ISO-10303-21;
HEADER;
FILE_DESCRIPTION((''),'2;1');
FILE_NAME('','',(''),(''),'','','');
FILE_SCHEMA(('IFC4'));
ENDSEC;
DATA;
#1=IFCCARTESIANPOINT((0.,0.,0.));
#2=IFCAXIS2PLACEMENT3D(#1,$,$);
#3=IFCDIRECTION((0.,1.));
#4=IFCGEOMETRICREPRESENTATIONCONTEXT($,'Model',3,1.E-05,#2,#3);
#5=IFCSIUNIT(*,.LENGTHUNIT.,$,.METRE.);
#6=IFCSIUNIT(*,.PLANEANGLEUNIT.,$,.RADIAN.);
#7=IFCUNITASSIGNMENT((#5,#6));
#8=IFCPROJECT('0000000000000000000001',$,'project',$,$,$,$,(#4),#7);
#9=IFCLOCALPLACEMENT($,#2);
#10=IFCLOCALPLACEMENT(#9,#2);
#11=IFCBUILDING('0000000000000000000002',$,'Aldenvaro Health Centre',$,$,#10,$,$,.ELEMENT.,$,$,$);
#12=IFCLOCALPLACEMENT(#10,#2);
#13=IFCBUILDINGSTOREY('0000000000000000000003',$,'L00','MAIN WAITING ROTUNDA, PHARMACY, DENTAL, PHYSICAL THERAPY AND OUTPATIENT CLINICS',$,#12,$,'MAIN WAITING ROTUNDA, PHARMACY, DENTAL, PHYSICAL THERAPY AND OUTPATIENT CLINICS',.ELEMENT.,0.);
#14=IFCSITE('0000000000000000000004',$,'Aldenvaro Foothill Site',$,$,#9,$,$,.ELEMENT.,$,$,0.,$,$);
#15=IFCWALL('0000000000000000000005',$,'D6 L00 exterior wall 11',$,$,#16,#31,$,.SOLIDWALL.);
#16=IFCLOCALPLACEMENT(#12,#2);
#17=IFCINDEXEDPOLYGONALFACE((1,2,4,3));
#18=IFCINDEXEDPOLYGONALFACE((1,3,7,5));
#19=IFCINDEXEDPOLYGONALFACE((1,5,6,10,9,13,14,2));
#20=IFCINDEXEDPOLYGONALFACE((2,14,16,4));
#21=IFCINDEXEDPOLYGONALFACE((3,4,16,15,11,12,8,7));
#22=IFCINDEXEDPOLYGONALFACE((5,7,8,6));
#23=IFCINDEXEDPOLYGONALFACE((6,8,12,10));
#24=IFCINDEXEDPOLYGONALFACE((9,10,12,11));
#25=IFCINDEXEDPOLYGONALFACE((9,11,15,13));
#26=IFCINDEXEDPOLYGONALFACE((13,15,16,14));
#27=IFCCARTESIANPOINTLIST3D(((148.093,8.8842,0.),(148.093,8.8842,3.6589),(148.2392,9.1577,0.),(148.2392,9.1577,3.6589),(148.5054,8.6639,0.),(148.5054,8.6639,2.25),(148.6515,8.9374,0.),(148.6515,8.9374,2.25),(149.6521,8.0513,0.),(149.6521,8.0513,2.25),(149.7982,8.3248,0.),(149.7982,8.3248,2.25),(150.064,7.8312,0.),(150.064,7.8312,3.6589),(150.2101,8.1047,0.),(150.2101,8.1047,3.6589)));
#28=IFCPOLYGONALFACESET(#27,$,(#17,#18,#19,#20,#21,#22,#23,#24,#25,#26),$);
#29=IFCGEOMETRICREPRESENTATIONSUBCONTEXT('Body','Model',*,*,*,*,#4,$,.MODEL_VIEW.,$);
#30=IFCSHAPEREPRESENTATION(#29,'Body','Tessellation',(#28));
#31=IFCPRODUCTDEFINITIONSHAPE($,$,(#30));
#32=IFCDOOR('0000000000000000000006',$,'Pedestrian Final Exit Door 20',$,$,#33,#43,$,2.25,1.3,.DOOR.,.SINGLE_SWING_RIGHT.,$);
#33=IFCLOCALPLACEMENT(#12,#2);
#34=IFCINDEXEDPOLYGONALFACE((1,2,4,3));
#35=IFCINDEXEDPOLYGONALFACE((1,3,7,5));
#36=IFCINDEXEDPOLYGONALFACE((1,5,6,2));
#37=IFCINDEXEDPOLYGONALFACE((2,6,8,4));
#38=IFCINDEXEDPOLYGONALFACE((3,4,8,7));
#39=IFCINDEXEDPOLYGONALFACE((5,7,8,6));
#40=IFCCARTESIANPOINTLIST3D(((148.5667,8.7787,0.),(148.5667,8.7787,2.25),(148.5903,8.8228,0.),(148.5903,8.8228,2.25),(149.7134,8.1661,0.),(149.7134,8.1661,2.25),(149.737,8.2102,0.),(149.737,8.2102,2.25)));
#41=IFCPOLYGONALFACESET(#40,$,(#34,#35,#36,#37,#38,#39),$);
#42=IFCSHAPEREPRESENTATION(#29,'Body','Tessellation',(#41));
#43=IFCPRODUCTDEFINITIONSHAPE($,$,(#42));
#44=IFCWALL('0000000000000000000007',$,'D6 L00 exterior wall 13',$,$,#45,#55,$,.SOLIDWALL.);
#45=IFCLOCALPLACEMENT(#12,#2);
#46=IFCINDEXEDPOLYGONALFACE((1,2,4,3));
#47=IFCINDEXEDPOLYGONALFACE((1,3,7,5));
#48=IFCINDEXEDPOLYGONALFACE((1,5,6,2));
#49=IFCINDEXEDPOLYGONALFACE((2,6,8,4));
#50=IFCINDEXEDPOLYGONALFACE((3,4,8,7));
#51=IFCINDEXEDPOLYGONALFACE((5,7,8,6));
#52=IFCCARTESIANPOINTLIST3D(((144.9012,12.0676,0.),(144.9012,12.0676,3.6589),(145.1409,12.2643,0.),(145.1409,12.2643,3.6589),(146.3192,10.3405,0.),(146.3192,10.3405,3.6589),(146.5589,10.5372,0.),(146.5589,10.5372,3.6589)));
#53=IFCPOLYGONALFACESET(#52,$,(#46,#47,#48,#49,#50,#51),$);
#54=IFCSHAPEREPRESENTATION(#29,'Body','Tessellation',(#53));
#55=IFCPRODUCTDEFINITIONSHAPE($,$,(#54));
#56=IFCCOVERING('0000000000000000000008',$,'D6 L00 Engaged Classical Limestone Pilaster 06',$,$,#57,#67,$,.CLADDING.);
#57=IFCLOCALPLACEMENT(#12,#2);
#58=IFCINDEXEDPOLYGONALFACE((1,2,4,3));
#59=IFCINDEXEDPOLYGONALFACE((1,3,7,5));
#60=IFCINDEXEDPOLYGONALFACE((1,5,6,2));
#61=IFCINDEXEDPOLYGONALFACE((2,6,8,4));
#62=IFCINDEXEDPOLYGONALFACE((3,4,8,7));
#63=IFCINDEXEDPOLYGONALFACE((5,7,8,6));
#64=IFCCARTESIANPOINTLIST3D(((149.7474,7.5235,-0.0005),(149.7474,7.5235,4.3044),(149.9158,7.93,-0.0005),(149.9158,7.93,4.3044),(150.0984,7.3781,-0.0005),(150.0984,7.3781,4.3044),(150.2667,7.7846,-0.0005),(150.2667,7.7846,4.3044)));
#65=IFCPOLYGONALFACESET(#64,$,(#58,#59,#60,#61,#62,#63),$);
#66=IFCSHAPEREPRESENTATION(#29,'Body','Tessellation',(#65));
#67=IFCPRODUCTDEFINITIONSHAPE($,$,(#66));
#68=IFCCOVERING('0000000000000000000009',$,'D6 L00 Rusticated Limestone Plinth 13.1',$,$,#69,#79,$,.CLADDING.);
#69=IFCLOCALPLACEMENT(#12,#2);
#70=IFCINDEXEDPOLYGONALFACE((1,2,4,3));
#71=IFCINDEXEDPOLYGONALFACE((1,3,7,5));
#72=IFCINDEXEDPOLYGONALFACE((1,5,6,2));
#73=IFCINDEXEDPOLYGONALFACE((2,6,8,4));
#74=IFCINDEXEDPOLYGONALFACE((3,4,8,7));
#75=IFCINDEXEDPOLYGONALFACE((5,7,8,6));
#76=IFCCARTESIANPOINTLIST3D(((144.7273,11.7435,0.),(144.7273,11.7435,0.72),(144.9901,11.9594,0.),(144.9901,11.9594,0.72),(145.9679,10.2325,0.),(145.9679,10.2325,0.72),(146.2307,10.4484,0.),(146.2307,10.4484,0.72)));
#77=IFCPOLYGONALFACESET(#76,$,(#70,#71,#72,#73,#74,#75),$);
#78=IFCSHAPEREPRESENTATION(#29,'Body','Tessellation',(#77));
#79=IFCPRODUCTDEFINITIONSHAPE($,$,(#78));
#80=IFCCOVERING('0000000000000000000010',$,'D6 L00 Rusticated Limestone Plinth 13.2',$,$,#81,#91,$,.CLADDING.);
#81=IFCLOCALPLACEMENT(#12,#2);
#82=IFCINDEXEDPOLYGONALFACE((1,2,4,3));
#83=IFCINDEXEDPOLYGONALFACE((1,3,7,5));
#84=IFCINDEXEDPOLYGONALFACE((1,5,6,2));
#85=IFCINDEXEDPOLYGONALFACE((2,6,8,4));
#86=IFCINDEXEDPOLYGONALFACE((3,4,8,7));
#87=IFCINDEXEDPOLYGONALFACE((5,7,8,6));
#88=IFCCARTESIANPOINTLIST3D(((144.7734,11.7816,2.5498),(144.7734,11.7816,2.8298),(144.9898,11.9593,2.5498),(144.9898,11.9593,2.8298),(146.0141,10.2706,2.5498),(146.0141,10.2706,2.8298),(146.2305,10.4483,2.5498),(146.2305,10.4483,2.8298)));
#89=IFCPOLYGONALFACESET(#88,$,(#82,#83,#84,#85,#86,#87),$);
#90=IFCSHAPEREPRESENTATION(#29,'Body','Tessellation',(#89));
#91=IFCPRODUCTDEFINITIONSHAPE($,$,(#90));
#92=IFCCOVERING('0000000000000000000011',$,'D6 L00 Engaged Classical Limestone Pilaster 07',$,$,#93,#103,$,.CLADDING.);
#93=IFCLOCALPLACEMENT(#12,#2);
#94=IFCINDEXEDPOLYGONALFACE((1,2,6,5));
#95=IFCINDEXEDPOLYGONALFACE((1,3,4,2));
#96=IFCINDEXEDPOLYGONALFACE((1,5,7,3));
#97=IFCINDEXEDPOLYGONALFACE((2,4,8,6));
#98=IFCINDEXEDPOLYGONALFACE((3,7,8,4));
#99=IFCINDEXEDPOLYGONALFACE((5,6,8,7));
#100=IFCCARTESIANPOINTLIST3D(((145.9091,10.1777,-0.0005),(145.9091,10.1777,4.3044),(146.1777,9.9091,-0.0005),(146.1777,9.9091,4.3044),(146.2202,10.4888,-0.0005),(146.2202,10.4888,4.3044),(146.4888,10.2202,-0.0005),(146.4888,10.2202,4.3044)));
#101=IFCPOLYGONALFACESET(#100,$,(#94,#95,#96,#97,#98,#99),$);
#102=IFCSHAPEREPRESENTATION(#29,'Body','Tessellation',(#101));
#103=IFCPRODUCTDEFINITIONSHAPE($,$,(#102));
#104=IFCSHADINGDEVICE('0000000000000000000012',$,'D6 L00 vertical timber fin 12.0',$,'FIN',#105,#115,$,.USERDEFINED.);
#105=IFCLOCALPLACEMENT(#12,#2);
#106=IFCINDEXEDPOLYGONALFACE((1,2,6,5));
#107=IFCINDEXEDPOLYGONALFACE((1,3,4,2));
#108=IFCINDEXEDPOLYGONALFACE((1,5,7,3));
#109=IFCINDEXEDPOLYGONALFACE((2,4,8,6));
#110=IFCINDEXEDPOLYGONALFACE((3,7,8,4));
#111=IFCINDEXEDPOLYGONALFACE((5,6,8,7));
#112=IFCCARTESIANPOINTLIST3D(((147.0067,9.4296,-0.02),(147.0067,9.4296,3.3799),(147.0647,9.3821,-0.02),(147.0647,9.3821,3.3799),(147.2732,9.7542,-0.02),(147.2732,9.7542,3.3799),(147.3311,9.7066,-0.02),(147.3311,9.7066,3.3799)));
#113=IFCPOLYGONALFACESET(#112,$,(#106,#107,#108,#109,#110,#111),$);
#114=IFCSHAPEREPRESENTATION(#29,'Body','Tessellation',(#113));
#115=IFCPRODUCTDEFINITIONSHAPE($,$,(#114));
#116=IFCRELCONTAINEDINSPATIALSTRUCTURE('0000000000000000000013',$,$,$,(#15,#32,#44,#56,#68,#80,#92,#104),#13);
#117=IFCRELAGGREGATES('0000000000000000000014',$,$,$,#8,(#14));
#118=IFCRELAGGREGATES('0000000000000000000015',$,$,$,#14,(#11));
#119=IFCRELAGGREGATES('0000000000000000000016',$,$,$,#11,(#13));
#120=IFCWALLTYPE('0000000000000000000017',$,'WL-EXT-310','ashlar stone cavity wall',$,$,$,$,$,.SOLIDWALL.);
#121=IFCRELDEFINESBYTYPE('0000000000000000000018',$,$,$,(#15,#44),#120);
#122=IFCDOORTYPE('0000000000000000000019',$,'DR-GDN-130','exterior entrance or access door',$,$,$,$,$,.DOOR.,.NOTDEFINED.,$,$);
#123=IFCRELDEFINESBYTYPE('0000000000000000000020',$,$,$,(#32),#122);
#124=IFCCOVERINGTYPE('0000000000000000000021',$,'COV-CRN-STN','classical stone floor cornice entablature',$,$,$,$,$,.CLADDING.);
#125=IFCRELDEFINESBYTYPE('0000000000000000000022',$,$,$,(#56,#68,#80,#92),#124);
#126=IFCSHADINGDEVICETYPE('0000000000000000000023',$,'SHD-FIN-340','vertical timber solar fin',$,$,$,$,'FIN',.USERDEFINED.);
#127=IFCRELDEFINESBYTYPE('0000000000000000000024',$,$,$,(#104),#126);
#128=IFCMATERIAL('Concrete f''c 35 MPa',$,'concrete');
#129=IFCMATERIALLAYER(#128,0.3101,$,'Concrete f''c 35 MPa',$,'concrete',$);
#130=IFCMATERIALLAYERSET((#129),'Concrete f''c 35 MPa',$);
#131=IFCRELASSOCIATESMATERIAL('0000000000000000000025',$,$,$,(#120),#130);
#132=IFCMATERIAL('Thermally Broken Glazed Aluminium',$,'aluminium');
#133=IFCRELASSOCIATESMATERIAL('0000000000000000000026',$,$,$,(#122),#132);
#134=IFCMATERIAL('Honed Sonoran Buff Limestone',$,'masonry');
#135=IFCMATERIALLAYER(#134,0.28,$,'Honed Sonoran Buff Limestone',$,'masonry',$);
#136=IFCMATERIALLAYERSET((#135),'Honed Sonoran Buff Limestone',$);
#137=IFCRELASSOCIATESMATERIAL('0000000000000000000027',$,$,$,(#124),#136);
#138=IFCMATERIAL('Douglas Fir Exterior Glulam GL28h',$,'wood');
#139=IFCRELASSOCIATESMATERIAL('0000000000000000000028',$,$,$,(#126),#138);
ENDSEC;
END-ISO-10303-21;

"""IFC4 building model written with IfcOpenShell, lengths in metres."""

from ifc_helpers import new_model, si_unit, direction, frame, frame_2d, origin, origin_2d, place, context, subcontext, project, spatial, rectangle, extrude, material, layer, layer_set, type_object, element, fill, save


model = new_model("IFC4")

# Units and contexts
model_context = context("Model", 3, precision=1e-05, world=origin(), true_north=direction((0.0, 1.0)))
body_context = subcontext(model_context, "Body", "Model", "MODEL_VIEW")
ifc_project = project(units=[si_unit("LENGTHUNIT", "METRE"), si_unit("PLANEANGLEUNIT", "RADIAN")], contexts=[model_context])

# Site, building, storey
site_placement = place(None, origin())
site = spatial("IfcSite", under=ifc_project, at=site_placement, Name="Aldenvaro Foothill Site", CompositionType="ELEMENT", RefElevation=0.0)
building_placement = place(site_placement, origin())
building = spatial("IfcBuilding", under=site, at=building_placement, Name="Aldenvaro Health Centre", CompositionType="ELEMENT")
storey_placement = place(building_placement, origin())
storey = spatial("IfcBuildingStorey", under=building, at=storey_placement, Name="L00", Description="MAIN WAITING ROTUNDA, PHARMACY, DENTAL, PHYSICAL THERAPY AND OUTPATIENT CLINICS", LongName="MAIN WAITING ROTUNDA, PHARMACY, DENTAL, PHYSICAL THERAPY AND OUTPATIENT CLINICS", CompositionType="ELEMENT", Elevation=0.0)

# Wall, opening, door
ifc_material_1 = material(Name="Concrete f'c 35 MPa", Category="concrete")
ifc_layer_1 = layer(ifc_material_1, 0.3101, Name="Concrete f'c 35 MPa", Category="concrete")
ifc_layer_set_1 = layer_set([ifc_layer_1], Name="Concrete f'c 35 MPa")
wall_type = type_object("IfcWallType", Name="WL-EXT-310", Description="ashlar stone cavity wall", PredefinedType="SOLIDWALL", material=ifc_layer_set_1)
wall_1_placement = place(storey_placement, frame((150.137, 7.968, 0.0), z_axis=(0.0, 0.0, 1.0), x_axis=(-0.882017, 0.471218, 0.0)))
wall_1 = element("IfcWall", 1, at=wall_1_placement, inside=storey, type_object=wall_type, Name="D6 L00 exterior wall 11", PredefinedType="SOLIDWALL", context=body_context, shape_type="SweptSolid", body=[
    extrude(rectangle(XDim=2.2346, YDim=0.3101, at=frame_2d((1.1172, 0.0))), origin(), (0.0, 0.0, 1.0), 3.6589),
])
opening_placement = place(wall_1_placement, frame((0.467, 0.0, 0.0)))
opening = element("IfcOpeningElement", 2, at=opening_placement, cuts=wall_1, PredefinedType="OPENING", context=body_context, shape_type="SweptSolid", body=[
    extrude(rectangle(XDim=1.3, YDim=2.25, at=frame_2d((0.6499, 1.125))), frame((0.0, 0.165, 0.0), z_axis=(0.0, -1.0, 0.0), x_axis=(1.0, 0.0, 0.0)), (0.0, 0.0, 1.0), 0.3301),
])
ifc_material_2 = material(Name="Thermally Broken Glazed Aluminium", Category="aluminium")
door_type = type_object("IfcDoorType", Name="DR-GDN-130", Description="exterior entrance or access door", OperationType="NOTDEFINED", PredefinedType="DOOR", material=ifc_material_2)
door_placement = place(opening_placement, origin())
door = element("IfcDoor", 3, at=door_placement, inside=storey, type_object=door_type, Name="Pedestrian Final Exit Door 20", OperationType="SINGLE_SWING_RIGHT", OverallHeight=2.25, OverallWidth=1.3, PredefinedType="DOOR", context=body_context, shape_type="SweptSolid", body=[
    extrude(rectangle(XDim=1.3, YDim=2.25, at=frame_2d((0.6499, 1.125))), frame((0.0, 0.0249, 0.0), z_axis=(0.0, -1.0, 0.0), x_axis=(1.0, 0.0, 0.0)), (0.0, 0.0, 1.0), 0.05),
])
fill(opening, door)

# Wall
wall_2_placement = place(storey_placement, frame((146.439, 10.439, 0.0), z_axis=(0.0, 0.0, 1.0), x_axis=(-0.634558, 0.772876, 0.0)))
element("IfcWall", 4, at=wall_2_placement, inside=storey, type_object=wall_type, Name="D6 L00 exterior wall 13", PredefinedType="SOLIDWALL", context=body_context, shape_type="SweptSolid", body=[
    extrude(rectangle(XDim=2.2346, YDim=0.3101, at=frame_2d((1.1172, 0.0))), origin(), (0.0, 0.0, 1.0), 3.6589),
])

# Coverings
ifc_material_3 = material(Name="Honed Sonoran Buff Limestone", Category="masonry")
ifc_layer_2 = layer(ifc_material_3, 0.28, Name="Honed Sonoran Buff Limestone", Category="masonry")
ifc_layer_set_2 = layer_set([ifc_layer_2], Name="Honed Sonoran Buff Limestone")
covering_type = type_object("IfcCoveringType", Name="COV-CRN-STN", Description="classical stone floor cornice entablature", PredefinedType="CLADDING", material=ifc_layer_set_2)
covering_1_placement = place(storey_placement, frame((150.0071, 7.6541, -0.0005), z_axis=(0.0, 0.0, 1.0), x_axis=(-0.382721, -0.923864, 0.0)))
element("IfcCovering", 5, at=covering_1_placement, inside=storey, type_object=covering_type, Name="D6 L00 Engaged Classical Limestone Pilaster 06", PredefinedType="CLADDING", context=body_context, shape_type="SweptSolid", body=[
    extrude(rectangle(XDim=0.4399, YDim=0.3799, at=origin_2d()), origin(), (0.0, 0.0, 1.0), 4.3049),
])
covering_2_placement = place(storey_placement, frame((145.479, 11.0959, 0.0), z_axis=(0.0, 0.0, 1.0), x_axis=(-0.634577, 0.77286, 0.0)))
element("IfcCovering", 6, at=covering_2_placement, inside=storey, type_object=covering_type, Name="D6 L00 Rusticated Limestone Plinth 13.1", PredefinedType="CLADDING", context=body_context, shape_type="SweptSolid", body=[
    extrude(rectangle(XDim=1.9551, YDim=0.3401, at=origin_2d()), origin(), (0.0, 0.0, 1.0), 0.72),
])
covering_3_placement = place(storey_placement, frame((145.502, 11.115, 2.5498), z_axis=(0.0, 0.0, 1.0), x_axis=(-0.634577, 0.77286, 0.0)))
element("IfcCovering", 7, at=covering_3_placement, inside=storey, type_object=covering_type, Name="D6 L00 Rusticated Limestone Plinth 13.2", PredefinedType="CLADDING", context=body_context, shape_type="SweptSolid", body=[
    extrude(rectangle(XDim=1.9551, YDim=0.28, at=origin_2d()), origin(), (0.0, 0.0, 1.0), 0.28),
])
covering_4_placement = place(storey_placement, frame((146.199, 10.199, -0.0005), z_axis=(0.0, 0.0, 1.0), x_axis=(-0.707107, -0.707107, 0.0)))
element("IfcCovering", 8, at=covering_4_placement, inside=storey, type_object=covering_type, Name="D6 L00 Engaged Classical Limestone Pilaster 07", PredefinedType="CLADDING", context=body_context, shape_type="SweptSolid", body=[
    extrude(rectangle(XDim=0.4399, YDim=0.3799, at=origin_2d()), origin(), (0.0, 0.0, 1.0), 4.3049),
])

# Shading device
ifc_material_4 = material(Name="Douglas Fir Exterior Glulam GL28h", Category="wood")
shading_device_type = type_object("IfcShadingDeviceType", Name="SHD-FIN-340", Description="vertical timber solar fin", ElementType="FIN", PredefinedType="USERDEFINED", material=ifc_material_4)
shading_device_placement = place(storey_placement, frame((147.1689, 9.5681, -0.02), z_axis=(0.0, 0.0, 1.0), x_axis=(-0.77286, 0.634577, 0.0)))
element("IfcShadingDevice", 9, at=shading_device_placement, inside=storey, type_object=shading_device_type, Name="D6 L00 vertical timber fin 12.0", ObjectType="FIN", PredefinedType="USERDEFINED", context=body_context, shape_type="SweptSolid", body=[
    extrude(rectangle(XDim=0.075, YDim=0.4199, at=origin_2d()), origin(), (0.0, 0.0, 1.0), 3.3999),
])

save(model, "model.ifc")
